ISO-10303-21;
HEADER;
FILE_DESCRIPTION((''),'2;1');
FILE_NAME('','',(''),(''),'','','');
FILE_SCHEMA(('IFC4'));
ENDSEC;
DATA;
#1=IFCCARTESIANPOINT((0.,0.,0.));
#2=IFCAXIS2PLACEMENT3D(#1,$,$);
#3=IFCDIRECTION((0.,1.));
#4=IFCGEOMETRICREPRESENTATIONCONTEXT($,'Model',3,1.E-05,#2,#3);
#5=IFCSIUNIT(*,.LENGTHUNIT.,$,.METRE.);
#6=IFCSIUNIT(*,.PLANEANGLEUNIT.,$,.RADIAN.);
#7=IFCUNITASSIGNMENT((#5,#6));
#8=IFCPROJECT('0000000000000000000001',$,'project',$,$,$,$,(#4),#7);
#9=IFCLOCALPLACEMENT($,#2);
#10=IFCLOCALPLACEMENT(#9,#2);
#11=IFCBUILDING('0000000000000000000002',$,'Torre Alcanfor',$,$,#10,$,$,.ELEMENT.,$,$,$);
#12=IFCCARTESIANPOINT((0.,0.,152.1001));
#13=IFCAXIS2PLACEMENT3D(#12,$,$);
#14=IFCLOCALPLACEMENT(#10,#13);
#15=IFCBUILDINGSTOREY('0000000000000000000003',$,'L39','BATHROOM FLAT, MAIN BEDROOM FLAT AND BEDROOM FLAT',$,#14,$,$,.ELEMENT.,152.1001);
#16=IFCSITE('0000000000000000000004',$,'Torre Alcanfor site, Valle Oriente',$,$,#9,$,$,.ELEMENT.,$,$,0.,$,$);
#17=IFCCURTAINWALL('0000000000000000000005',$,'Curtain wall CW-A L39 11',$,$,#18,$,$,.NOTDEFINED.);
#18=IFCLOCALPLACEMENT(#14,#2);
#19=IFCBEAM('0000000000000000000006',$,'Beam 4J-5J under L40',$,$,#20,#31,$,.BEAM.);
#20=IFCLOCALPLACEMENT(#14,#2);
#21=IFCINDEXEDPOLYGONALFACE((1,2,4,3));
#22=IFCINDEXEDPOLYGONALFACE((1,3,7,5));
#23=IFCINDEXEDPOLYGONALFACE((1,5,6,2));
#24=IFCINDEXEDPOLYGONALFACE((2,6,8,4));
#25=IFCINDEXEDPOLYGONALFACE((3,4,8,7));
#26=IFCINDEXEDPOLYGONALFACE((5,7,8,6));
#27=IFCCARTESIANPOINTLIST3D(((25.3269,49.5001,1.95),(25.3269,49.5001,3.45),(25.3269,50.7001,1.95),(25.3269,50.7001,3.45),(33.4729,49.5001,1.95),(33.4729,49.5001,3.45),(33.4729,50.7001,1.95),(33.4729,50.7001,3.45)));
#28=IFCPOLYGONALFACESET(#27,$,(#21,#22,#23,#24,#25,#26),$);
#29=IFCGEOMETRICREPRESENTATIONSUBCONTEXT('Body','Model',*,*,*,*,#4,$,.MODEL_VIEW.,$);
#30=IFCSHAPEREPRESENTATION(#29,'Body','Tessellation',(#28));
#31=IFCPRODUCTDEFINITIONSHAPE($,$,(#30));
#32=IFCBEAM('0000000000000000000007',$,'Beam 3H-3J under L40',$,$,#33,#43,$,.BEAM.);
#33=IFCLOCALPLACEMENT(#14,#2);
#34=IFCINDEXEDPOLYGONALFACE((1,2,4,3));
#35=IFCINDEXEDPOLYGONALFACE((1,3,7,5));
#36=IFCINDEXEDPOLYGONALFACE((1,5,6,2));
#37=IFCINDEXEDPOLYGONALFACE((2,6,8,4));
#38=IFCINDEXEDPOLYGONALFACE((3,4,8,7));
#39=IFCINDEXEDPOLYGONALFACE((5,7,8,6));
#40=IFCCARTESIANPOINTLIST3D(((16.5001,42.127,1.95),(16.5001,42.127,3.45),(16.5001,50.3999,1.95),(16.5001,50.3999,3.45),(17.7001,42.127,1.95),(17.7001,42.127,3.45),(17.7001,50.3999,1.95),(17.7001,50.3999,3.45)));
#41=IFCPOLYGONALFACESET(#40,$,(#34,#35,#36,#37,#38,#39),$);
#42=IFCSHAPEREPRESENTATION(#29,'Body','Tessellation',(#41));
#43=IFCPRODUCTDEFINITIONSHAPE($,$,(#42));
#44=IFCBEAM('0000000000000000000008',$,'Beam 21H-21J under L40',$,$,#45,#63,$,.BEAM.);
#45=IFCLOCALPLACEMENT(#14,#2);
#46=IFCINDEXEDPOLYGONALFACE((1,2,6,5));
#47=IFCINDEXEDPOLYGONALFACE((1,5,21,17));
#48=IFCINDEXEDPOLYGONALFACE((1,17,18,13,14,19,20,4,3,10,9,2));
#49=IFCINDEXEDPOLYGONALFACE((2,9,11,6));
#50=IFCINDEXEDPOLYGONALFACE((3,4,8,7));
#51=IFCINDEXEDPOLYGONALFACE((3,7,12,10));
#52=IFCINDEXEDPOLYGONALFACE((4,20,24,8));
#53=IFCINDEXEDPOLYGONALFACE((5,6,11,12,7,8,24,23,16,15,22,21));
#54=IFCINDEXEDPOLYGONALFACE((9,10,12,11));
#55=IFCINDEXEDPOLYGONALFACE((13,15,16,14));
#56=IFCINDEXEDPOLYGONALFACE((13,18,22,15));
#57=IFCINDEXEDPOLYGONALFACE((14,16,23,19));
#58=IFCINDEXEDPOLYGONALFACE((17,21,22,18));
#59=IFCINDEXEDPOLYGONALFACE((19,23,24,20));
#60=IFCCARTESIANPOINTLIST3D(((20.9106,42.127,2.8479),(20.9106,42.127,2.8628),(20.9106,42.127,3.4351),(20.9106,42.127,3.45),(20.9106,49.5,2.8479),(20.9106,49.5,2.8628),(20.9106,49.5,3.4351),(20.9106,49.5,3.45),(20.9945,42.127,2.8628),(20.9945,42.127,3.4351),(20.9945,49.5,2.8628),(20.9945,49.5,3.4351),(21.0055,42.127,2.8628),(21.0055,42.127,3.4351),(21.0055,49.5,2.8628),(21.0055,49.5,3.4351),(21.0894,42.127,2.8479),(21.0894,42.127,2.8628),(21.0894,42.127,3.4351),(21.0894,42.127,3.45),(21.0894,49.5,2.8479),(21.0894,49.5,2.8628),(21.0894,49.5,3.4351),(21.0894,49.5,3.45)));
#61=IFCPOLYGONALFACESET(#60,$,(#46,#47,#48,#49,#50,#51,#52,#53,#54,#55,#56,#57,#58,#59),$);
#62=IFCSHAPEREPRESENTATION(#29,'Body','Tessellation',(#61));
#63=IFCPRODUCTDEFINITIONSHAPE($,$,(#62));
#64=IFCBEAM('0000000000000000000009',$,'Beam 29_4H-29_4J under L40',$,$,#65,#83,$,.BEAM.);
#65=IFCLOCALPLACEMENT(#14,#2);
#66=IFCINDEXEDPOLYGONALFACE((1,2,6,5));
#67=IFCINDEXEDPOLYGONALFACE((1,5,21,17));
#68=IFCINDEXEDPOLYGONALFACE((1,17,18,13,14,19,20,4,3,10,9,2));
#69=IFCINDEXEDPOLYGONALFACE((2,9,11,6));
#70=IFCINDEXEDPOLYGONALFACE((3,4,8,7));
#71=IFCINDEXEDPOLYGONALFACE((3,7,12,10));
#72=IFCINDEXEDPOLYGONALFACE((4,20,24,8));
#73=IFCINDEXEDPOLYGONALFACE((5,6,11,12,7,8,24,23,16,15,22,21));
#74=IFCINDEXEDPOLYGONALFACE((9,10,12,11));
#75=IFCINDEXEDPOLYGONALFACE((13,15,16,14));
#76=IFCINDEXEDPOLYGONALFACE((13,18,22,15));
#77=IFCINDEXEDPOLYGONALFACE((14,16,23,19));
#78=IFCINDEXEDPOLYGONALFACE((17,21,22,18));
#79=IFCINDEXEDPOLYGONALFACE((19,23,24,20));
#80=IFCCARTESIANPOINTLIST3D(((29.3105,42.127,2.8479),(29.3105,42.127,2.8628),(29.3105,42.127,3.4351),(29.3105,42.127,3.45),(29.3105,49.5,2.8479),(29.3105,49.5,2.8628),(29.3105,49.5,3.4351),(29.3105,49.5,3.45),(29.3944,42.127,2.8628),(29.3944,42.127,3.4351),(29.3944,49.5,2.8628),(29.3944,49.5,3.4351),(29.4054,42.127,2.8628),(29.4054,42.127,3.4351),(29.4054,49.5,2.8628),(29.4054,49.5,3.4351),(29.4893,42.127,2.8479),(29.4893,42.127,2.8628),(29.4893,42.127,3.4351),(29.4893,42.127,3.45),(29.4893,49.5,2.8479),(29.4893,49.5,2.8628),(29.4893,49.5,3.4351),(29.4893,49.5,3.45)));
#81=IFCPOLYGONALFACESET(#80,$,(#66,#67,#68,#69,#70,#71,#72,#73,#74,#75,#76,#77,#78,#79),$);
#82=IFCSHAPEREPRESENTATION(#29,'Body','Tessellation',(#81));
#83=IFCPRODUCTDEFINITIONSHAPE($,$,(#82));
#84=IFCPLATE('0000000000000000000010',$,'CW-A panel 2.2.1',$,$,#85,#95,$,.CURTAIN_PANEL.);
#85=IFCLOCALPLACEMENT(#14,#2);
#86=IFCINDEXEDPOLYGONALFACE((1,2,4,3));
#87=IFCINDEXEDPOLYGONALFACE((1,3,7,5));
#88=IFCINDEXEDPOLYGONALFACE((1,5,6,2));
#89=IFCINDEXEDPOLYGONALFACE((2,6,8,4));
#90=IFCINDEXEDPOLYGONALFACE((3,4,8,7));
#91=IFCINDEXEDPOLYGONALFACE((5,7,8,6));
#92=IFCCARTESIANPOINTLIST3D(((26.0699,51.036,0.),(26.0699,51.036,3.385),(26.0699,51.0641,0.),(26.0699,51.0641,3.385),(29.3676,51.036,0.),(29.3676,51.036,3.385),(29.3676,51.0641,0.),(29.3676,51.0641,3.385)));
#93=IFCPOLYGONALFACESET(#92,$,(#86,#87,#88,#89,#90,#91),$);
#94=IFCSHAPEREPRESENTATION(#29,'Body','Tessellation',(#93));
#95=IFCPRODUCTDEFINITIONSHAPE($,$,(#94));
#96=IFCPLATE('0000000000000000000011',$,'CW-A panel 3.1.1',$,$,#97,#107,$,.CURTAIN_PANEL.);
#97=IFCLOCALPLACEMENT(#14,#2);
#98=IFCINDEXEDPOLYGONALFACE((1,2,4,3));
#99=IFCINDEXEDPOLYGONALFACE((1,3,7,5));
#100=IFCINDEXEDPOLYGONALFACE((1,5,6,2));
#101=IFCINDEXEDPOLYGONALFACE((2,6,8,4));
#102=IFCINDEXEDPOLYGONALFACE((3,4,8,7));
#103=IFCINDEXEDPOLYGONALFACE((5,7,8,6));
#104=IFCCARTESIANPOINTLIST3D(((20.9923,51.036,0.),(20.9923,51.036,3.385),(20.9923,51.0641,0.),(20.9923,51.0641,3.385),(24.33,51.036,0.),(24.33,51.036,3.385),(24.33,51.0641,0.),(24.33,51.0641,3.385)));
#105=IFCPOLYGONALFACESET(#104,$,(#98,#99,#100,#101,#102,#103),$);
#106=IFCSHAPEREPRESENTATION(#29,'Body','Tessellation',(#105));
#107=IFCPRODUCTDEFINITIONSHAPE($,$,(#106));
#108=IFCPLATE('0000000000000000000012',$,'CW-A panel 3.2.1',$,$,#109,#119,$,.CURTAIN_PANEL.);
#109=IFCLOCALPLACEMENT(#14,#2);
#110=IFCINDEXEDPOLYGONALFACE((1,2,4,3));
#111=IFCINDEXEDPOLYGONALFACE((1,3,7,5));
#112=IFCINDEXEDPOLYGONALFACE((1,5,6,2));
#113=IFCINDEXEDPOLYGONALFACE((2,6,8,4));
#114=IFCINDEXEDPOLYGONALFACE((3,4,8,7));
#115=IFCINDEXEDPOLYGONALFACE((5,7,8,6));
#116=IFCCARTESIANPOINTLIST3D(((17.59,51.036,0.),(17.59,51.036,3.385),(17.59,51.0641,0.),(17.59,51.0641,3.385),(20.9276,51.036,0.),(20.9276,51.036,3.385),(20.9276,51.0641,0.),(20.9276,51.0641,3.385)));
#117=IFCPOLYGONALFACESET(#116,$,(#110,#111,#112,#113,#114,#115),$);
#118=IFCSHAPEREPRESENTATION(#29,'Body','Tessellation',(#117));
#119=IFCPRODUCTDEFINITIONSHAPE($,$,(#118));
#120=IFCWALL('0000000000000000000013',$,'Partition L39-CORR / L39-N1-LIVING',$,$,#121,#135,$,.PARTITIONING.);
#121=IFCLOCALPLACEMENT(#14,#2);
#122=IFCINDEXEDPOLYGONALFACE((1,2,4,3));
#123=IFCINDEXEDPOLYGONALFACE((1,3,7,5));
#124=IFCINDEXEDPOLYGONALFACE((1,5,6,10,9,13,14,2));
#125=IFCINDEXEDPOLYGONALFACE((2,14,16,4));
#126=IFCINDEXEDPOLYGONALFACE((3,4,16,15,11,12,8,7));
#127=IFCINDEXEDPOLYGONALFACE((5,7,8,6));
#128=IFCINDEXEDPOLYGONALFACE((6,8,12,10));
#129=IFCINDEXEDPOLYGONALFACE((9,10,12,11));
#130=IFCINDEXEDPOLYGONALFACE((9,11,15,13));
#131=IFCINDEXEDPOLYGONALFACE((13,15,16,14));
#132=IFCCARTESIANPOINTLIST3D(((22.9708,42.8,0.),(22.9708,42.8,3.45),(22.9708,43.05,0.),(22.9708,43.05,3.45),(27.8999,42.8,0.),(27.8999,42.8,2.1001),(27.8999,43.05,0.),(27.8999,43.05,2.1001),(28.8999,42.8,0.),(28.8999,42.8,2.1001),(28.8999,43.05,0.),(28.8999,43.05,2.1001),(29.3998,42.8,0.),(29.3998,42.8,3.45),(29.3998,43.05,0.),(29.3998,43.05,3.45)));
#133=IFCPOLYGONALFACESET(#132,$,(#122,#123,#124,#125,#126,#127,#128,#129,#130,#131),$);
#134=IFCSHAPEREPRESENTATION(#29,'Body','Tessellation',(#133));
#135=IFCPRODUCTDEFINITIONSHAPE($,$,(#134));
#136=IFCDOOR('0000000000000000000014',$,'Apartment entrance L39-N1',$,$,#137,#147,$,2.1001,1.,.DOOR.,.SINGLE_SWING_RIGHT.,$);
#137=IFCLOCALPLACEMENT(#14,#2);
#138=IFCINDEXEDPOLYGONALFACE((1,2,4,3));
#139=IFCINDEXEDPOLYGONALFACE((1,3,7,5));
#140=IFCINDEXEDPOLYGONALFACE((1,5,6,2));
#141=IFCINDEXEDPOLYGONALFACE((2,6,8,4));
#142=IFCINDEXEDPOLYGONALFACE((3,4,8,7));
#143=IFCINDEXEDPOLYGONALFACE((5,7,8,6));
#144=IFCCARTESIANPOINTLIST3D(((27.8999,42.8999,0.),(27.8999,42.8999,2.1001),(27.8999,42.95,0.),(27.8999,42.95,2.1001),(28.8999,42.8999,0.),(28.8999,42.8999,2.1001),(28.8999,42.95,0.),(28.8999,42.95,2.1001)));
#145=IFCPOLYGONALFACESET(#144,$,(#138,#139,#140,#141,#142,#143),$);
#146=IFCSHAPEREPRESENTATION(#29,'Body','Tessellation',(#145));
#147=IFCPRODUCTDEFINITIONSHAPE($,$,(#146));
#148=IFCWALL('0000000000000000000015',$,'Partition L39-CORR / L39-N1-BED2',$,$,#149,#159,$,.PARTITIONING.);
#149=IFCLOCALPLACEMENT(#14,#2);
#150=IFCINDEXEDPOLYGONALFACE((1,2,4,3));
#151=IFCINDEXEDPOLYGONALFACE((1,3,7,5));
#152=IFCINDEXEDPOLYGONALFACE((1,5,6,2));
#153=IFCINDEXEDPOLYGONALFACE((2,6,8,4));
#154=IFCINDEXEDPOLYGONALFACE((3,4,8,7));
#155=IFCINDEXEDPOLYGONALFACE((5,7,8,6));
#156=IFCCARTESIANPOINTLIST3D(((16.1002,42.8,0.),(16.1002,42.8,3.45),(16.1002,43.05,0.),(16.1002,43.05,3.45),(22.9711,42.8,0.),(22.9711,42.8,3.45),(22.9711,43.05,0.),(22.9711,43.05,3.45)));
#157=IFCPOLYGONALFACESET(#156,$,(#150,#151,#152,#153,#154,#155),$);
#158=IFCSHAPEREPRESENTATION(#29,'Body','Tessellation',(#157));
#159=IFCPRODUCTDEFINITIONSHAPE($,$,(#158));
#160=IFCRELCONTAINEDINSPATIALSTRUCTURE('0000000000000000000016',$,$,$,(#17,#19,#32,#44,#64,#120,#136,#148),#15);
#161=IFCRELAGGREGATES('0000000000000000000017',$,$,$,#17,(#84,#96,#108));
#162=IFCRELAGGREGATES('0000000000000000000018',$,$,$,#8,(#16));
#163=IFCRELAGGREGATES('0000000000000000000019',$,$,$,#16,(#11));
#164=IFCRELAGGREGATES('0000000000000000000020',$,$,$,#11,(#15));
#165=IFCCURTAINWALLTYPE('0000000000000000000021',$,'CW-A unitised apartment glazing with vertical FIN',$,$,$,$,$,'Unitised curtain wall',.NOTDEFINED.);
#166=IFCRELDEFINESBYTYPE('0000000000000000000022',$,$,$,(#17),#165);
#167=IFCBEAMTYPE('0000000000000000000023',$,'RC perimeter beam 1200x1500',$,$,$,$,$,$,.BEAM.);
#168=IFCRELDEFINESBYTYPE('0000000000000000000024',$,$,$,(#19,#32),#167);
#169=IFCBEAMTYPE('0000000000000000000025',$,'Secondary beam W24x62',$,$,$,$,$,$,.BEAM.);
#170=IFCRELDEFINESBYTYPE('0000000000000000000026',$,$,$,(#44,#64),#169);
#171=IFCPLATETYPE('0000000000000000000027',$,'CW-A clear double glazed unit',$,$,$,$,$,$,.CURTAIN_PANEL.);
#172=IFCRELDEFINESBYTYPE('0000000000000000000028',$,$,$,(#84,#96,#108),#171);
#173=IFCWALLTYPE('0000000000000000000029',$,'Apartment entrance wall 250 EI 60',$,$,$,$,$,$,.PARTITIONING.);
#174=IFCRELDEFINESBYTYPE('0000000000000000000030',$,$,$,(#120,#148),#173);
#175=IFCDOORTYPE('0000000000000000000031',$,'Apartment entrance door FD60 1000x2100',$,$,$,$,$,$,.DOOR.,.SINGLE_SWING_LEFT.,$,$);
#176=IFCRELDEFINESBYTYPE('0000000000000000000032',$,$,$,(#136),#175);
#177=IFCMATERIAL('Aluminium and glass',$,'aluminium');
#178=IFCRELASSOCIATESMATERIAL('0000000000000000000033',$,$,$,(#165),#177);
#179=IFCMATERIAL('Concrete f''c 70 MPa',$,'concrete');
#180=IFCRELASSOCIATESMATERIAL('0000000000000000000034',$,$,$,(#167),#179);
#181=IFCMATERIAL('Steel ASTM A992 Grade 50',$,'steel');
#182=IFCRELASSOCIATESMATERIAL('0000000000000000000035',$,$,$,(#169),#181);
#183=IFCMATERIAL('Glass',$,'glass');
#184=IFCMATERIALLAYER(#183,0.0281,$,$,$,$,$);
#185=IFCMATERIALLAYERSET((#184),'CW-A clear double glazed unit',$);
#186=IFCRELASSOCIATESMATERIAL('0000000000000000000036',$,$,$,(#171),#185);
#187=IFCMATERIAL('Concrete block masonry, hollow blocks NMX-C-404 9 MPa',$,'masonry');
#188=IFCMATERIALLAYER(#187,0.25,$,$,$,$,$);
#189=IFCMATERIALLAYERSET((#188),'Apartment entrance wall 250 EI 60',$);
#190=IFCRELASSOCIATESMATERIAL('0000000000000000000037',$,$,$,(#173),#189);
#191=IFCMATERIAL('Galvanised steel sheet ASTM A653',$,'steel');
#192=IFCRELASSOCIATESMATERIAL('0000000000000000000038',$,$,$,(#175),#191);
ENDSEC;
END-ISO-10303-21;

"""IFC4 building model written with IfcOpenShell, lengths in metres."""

from ifc_helpers import new_model, si_unit, direction, frame, frame_2d, origin, origin_2d, place, context, subcontext, project, spatial, rectangle, i_section, extrude, material, layer, layer_set, material_profile, profile_set, type_object, element, fill, aggregate, save


model = new_model("IFC4")

# Units and contexts
model_context = context("Model", 3, precision=1e-05, world=origin(), true_north=direction((0.0, 1.0)))
body_context = subcontext(model_context, "Body", "Model", "MODEL_VIEW")
ifc_project = project(units=[si_unit("LENGTHUNIT", "METRE"), si_unit("PLANEANGLEUNIT", "RADIAN")], contexts=[model_context])

# Site, building, storey
site_placement = place(None, origin())
site = spatial("IfcSite", under=ifc_project, at=site_placement, Name="Torre Alcanfor site, Valle Oriente", CompositionType="ELEMENT", RefElevation=0.0)
building_placement = place(site_placement, origin())
building = spatial("IfcBuilding", under=site, at=building_placement, Name="Torre Alcanfor", CompositionType="ELEMENT")
storey_placement = place(building_placement, frame((0.0, 0.0, 152.1001)))
storey = spatial("IfcBuildingStorey", under=building, at=storey_placement, Name="L39", Description="BATHROOM FLAT, MAIN BEDROOM FLAT AND BEDROOM FLAT", CompositionType="ELEMENT", Elevation=152.1001)

# Curtain wall
ifc_material_1 = material(Name="Aluminium and glass", Category="aluminium")
curtain_wall_type = type_object("IfcCurtainWallType", Name="CW-A unitised apartment glazing with vertical FIN", ElementType="Unitised curtain wall", PredefinedType="NOTDEFINED", material=ifc_material_1)
curtain_wall_placement = place(storey_placement, origin())
curtain_wall = element("IfcCurtainWall", 1, at=curtain_wall_placement, inside=storey, type_object=curtain_wall_type, Name="Curtain wall CW-A L39 11", PredefinedType="NOTDEFINED")

# Beams
ifc_material_2 = material(Name="Concrete f'c 70 MPa", Category="concrete")
ifc_material_profile_1 = material_profile(ifc_material_2, rectangle(XDim=1.2, YDim=1.5, at=origin_2d()), Name="1200x1500")
ifc_profile_set_1 = profile_set([ifc_material_profile_1], Name="Concrete f'c 70 MPa")
beam_type_1 = type_object("IfcBeamType", Name="RC perimeter beam 1200x1500", PredefinedType="BEAM", material=ifc_profile_set_1)
beam_1_placement = place(storey_placement, frame((25.3269, 50.1001, 2.7), z_axis=(1.0, 0.0, 0.0), x_axis=(0.0, 1.0, 0.0)))
element("IfcBeam", 2, at=beam_1_placement, inside=storey, type_object=beam_type_1, Name="Beam 4J-5J under L40", PredefinedType="BEAM", context=body_context, shape_type="SweptSolid", body=[
    extrude(rectangle(XDim=1.2, YDim=1.5, at=origin_2d()), origin(), (0.0, 0.0, 1.0), 8.146),
])
beam_2_placement = place(storey_placement, frame((17.1001, 42.127, 2.7), z_axis=(0.0, 1.0, 0.0), x_axis=(-1.0, 0.0, 0.0)))
element("IfcBeam", 3, at=beam_2_placement, inside=storey, type_object=beam_type_1, Name="Beam 3H-3J under L40", PredefinedType="BEAM", context=body_context, shape_type="SweptSolid", body=[
    extrude(rectangle(XDim=1.2, YDim=1.5, at=origin_2d()), origin(), (0.0, 0.0, 1.0), 8.2729),
])
ifc_material_3 = material(Name="Steel ASTM A992 Grade 50", Category="steel")
ifc_material_profile_2 = material_profile(ifc_material_3, i_section(OverallWidth=0.1787, OverallDepth=0.6021, WebThickness=0.011, FlangeThickness=0.0149, at=origin_2d()), Name="W24x62")
ifc_profile_set_2 = profile_set([ifc_material_profile_2], Name="Steel ASTM A992 Grade 50")
beam_type_2 = type_object("IfcBeamType", Name="Secondary beam W24x62", PredefinedType="BEAM", material=ifc_profile_set_2)
for number, where, z_axis, x_axis, name in (
    (4, (21.0, 42.127, 3.1489), (0.0, 1.0, 0.0), (-1.0, 0.0, 0.0), "Beam 21H-21J under L40"),
    (5, (29.3999, 42.127, 3.1489), (0.0, 1.0, 0.0), (-1.0, 0.0, 0.0), "Beam 29_4H-29_4J under L40"),
):
    element("IfcBeam", number, at=place(storey_placement, frame(where, z_axis=z_axis, x_axis=x_axis)), inside=storey, type_object=beam_type_2, Name=name, PredefinedType="BEAM", context=body_context, shape_type="SweptSolid", body=[
        extrude(i_section(OverallWidth=0.1787, OverallDepth=0.6021, WebThickness=0.011, FlangeThickness=0.0149, at=origin_2d()), origin(), (0.0, 0.0, 1.0), 7.373),
    ])

# Plates
ifc_material_4 = material(Name="Glass", Category="glass")
ifc_layer_1 = layer(ifc_material_4, 0.0281)
ifc_layer_set_1 = layer_set([ifc_layer_1], Name="CW-A clear double glazed unit")
plate_type = type_object("IfcPlateType", Name="CW-A clear double glazed unit", PredefinedType="CURTAIN_PANEL", material=ifc_layer_set_1)
plate_1_placement = place(storey_placement, frame((27.7188, 51.05, 0.0), z_axis=(0.0, 0.0, 1.0), x_axis=(-1.0, 0.0, 0.0)))
plate_1 = element("IfcPlate", 6, at=plate_1_placement, type_object=plate_type, Name="CW-A panel 2.2.1", PredefinedType="CURTAIN_PANEL", context=body_context, shape_type="SweptSolid", body=[
    extrude(rectangle(XDim=3.2976, YDim=0.0281, at=origin_2d()), origin(), (0.0, 0.0, 1.0), 3.385),
])
plate_2_placement = place(storey_placement, frame((22.6611, 51.05, 0.0), z_axis=(0.0, 0.0, 1.0), x_axis=(-1.0, 0.0, 0.0)))
plate_2 = element("IfcPlate", 7, at=plate_2_placement, type_object=plate_type, Name="CW-A panel 3.1.1", PredefinedType="CURTAIN_PANEL", context=body_context, shape_type="SweptSolid", body=[
    extrude(rectangle(XDim=3.3376, YDim=0.0281, at=origin_2d()), origin(), (0.0, 0.0, 1.0), 3.385),
])
plate_3_placement = place(storey_placement, frame((19.2588, 51.05, 0.0), z_axis=(0.0, 0.0, 1.0), x_axis=(-1.0, 0.0, 0.0)))
plate_3 = element("IfcPlate", 8, at=plate_3_placement, type_object=plate_type, Name="CW-A panel 3.2.1", PredefinedType="CURTAIN_PANEL", context=body_context, shape_type="SweptSolid", body=[
    extrude(rectangle(XDim=3.3376, YDim=0.0281, at=origin_2d()), origin(), (0.0, 0.0, 1.0), 3.385),
])
aggregate(curtain_wall, [plate_1, plate_2, plate_3])

# Wall, opening, door
ifc_material_5 = material(Name="Concrete block masonry, hollow blocks NMX-C-404 9 MPa", Category="masonry")
ifc_layer_2 = layer(ifc_material_5, 0.25)
ifc_layer_set_2 = layer_set([ifc_layer_2], Name="Apartment entrance wall 250 EI 60")
wall_type_1 = type_object("IfcWallType", Name="Apartment entrance wall 250 EI 60", PredefinedType="PARTITIONING", material=ifc_layer_set_2)
wall_1_placement = place(storey_placement, frame((22.9709, 42.925, 0.0), z_axis=(0.0, 0.0, 1.0), x_axis=(1.0, 0.0, 0.0)))
wall_1 = element("IfcWall", 9, at=wall_1_placement, inside=storey, type_object=wall_type_1, Name="Partition L39-CORR / L39-N1-LIVING", PredefinedType="PARTITIONING", context=body_context, shape_type="SweptSolid", body=[
    extrude(rectangle(XDim=6.429, YDim=0.25, at=frame_2d((3.2144, 0.0))), origin(), (0.0, 0.0, 1.0), 3.45),
])
opening_1_placement = place(wall_1_placement, frame((4.929, 0.0, 0.0)))
opening_1 = element("IfcOpeningElement", 10, at=opening_1_placement, cuts=wall_1, PredefinedType="OPENING", context=body_context, shape_type="SweptSolid", body=[
    extrude(rectangle(XDim=1.0, YDim=2.1001, at=frame_2d((0.5, 1.05))), frame((0.0, 0.135, 0.0), z_axis=(0.0, -1.0, 0.0), x_axis=(1.0, 0.0, 0.0)), (0.0, 0.0, 1.0), 0.27),
])
ifc_material_6 = material(Name="Galvanised steel sheet ASTM A653", Category="steel")
door_type_1 = type_object("IfcDoorType", Name="Apartment entrance door FD60 1000x2100", OperationType="SINGLE_SWING_LEFT", PredefinedType="DOOR", material=ifc_material_6)
door_1_placement = place(opening_1_placement, origin())
door_1 = element("IfcDoor", 11, at=door_1_placement, inside=storey, type_object=door_type_1, Name="Apartment entrance L39-N1", OperationType="SINGLE_SWING_RIGHT", OverallHeight=2.1001, OverallWidth=1.0, PredefinedType="DOOR", context=body_context, shape_type="SweptSolid", body=[
    extrude(rectangle(XDim=1.0, YDim=2.1001, at=frame_2d((0.5, 1.05))), frame((0.0, 0.0249, 0.0), z_axis=(0.0, -1.0, 0.0), x_axis=(1.0, 0.0, 0.0)), (0.0, 0.0, 1.0), 0.05),
])
fill(opening_1, door_1)

# Wall
wall_2_placement = place(storey_placement, frame((16.1001, 42.925, 0.0), z_axis=(0.0, 0.0, 1.0), x_axis=(1.0, 0.0, 0.0)))
element("IfcWall", 12, at=wall_2_placement, inside=storey, type_object=wall_type_1, Name="Partition L39-CORR / L39-N1-BED2", PredefinedType="PARTITIONING", context=body_context, shape_type="SweptSolid", body=[
    extrude(rectangle(XDim=6.8708, YDim=0.25, at=frame_2d((3.4355, 0.0))), origin(), (0.0, 0.0, 1.0), 3.45),
])

save(model, "model.ifc")
